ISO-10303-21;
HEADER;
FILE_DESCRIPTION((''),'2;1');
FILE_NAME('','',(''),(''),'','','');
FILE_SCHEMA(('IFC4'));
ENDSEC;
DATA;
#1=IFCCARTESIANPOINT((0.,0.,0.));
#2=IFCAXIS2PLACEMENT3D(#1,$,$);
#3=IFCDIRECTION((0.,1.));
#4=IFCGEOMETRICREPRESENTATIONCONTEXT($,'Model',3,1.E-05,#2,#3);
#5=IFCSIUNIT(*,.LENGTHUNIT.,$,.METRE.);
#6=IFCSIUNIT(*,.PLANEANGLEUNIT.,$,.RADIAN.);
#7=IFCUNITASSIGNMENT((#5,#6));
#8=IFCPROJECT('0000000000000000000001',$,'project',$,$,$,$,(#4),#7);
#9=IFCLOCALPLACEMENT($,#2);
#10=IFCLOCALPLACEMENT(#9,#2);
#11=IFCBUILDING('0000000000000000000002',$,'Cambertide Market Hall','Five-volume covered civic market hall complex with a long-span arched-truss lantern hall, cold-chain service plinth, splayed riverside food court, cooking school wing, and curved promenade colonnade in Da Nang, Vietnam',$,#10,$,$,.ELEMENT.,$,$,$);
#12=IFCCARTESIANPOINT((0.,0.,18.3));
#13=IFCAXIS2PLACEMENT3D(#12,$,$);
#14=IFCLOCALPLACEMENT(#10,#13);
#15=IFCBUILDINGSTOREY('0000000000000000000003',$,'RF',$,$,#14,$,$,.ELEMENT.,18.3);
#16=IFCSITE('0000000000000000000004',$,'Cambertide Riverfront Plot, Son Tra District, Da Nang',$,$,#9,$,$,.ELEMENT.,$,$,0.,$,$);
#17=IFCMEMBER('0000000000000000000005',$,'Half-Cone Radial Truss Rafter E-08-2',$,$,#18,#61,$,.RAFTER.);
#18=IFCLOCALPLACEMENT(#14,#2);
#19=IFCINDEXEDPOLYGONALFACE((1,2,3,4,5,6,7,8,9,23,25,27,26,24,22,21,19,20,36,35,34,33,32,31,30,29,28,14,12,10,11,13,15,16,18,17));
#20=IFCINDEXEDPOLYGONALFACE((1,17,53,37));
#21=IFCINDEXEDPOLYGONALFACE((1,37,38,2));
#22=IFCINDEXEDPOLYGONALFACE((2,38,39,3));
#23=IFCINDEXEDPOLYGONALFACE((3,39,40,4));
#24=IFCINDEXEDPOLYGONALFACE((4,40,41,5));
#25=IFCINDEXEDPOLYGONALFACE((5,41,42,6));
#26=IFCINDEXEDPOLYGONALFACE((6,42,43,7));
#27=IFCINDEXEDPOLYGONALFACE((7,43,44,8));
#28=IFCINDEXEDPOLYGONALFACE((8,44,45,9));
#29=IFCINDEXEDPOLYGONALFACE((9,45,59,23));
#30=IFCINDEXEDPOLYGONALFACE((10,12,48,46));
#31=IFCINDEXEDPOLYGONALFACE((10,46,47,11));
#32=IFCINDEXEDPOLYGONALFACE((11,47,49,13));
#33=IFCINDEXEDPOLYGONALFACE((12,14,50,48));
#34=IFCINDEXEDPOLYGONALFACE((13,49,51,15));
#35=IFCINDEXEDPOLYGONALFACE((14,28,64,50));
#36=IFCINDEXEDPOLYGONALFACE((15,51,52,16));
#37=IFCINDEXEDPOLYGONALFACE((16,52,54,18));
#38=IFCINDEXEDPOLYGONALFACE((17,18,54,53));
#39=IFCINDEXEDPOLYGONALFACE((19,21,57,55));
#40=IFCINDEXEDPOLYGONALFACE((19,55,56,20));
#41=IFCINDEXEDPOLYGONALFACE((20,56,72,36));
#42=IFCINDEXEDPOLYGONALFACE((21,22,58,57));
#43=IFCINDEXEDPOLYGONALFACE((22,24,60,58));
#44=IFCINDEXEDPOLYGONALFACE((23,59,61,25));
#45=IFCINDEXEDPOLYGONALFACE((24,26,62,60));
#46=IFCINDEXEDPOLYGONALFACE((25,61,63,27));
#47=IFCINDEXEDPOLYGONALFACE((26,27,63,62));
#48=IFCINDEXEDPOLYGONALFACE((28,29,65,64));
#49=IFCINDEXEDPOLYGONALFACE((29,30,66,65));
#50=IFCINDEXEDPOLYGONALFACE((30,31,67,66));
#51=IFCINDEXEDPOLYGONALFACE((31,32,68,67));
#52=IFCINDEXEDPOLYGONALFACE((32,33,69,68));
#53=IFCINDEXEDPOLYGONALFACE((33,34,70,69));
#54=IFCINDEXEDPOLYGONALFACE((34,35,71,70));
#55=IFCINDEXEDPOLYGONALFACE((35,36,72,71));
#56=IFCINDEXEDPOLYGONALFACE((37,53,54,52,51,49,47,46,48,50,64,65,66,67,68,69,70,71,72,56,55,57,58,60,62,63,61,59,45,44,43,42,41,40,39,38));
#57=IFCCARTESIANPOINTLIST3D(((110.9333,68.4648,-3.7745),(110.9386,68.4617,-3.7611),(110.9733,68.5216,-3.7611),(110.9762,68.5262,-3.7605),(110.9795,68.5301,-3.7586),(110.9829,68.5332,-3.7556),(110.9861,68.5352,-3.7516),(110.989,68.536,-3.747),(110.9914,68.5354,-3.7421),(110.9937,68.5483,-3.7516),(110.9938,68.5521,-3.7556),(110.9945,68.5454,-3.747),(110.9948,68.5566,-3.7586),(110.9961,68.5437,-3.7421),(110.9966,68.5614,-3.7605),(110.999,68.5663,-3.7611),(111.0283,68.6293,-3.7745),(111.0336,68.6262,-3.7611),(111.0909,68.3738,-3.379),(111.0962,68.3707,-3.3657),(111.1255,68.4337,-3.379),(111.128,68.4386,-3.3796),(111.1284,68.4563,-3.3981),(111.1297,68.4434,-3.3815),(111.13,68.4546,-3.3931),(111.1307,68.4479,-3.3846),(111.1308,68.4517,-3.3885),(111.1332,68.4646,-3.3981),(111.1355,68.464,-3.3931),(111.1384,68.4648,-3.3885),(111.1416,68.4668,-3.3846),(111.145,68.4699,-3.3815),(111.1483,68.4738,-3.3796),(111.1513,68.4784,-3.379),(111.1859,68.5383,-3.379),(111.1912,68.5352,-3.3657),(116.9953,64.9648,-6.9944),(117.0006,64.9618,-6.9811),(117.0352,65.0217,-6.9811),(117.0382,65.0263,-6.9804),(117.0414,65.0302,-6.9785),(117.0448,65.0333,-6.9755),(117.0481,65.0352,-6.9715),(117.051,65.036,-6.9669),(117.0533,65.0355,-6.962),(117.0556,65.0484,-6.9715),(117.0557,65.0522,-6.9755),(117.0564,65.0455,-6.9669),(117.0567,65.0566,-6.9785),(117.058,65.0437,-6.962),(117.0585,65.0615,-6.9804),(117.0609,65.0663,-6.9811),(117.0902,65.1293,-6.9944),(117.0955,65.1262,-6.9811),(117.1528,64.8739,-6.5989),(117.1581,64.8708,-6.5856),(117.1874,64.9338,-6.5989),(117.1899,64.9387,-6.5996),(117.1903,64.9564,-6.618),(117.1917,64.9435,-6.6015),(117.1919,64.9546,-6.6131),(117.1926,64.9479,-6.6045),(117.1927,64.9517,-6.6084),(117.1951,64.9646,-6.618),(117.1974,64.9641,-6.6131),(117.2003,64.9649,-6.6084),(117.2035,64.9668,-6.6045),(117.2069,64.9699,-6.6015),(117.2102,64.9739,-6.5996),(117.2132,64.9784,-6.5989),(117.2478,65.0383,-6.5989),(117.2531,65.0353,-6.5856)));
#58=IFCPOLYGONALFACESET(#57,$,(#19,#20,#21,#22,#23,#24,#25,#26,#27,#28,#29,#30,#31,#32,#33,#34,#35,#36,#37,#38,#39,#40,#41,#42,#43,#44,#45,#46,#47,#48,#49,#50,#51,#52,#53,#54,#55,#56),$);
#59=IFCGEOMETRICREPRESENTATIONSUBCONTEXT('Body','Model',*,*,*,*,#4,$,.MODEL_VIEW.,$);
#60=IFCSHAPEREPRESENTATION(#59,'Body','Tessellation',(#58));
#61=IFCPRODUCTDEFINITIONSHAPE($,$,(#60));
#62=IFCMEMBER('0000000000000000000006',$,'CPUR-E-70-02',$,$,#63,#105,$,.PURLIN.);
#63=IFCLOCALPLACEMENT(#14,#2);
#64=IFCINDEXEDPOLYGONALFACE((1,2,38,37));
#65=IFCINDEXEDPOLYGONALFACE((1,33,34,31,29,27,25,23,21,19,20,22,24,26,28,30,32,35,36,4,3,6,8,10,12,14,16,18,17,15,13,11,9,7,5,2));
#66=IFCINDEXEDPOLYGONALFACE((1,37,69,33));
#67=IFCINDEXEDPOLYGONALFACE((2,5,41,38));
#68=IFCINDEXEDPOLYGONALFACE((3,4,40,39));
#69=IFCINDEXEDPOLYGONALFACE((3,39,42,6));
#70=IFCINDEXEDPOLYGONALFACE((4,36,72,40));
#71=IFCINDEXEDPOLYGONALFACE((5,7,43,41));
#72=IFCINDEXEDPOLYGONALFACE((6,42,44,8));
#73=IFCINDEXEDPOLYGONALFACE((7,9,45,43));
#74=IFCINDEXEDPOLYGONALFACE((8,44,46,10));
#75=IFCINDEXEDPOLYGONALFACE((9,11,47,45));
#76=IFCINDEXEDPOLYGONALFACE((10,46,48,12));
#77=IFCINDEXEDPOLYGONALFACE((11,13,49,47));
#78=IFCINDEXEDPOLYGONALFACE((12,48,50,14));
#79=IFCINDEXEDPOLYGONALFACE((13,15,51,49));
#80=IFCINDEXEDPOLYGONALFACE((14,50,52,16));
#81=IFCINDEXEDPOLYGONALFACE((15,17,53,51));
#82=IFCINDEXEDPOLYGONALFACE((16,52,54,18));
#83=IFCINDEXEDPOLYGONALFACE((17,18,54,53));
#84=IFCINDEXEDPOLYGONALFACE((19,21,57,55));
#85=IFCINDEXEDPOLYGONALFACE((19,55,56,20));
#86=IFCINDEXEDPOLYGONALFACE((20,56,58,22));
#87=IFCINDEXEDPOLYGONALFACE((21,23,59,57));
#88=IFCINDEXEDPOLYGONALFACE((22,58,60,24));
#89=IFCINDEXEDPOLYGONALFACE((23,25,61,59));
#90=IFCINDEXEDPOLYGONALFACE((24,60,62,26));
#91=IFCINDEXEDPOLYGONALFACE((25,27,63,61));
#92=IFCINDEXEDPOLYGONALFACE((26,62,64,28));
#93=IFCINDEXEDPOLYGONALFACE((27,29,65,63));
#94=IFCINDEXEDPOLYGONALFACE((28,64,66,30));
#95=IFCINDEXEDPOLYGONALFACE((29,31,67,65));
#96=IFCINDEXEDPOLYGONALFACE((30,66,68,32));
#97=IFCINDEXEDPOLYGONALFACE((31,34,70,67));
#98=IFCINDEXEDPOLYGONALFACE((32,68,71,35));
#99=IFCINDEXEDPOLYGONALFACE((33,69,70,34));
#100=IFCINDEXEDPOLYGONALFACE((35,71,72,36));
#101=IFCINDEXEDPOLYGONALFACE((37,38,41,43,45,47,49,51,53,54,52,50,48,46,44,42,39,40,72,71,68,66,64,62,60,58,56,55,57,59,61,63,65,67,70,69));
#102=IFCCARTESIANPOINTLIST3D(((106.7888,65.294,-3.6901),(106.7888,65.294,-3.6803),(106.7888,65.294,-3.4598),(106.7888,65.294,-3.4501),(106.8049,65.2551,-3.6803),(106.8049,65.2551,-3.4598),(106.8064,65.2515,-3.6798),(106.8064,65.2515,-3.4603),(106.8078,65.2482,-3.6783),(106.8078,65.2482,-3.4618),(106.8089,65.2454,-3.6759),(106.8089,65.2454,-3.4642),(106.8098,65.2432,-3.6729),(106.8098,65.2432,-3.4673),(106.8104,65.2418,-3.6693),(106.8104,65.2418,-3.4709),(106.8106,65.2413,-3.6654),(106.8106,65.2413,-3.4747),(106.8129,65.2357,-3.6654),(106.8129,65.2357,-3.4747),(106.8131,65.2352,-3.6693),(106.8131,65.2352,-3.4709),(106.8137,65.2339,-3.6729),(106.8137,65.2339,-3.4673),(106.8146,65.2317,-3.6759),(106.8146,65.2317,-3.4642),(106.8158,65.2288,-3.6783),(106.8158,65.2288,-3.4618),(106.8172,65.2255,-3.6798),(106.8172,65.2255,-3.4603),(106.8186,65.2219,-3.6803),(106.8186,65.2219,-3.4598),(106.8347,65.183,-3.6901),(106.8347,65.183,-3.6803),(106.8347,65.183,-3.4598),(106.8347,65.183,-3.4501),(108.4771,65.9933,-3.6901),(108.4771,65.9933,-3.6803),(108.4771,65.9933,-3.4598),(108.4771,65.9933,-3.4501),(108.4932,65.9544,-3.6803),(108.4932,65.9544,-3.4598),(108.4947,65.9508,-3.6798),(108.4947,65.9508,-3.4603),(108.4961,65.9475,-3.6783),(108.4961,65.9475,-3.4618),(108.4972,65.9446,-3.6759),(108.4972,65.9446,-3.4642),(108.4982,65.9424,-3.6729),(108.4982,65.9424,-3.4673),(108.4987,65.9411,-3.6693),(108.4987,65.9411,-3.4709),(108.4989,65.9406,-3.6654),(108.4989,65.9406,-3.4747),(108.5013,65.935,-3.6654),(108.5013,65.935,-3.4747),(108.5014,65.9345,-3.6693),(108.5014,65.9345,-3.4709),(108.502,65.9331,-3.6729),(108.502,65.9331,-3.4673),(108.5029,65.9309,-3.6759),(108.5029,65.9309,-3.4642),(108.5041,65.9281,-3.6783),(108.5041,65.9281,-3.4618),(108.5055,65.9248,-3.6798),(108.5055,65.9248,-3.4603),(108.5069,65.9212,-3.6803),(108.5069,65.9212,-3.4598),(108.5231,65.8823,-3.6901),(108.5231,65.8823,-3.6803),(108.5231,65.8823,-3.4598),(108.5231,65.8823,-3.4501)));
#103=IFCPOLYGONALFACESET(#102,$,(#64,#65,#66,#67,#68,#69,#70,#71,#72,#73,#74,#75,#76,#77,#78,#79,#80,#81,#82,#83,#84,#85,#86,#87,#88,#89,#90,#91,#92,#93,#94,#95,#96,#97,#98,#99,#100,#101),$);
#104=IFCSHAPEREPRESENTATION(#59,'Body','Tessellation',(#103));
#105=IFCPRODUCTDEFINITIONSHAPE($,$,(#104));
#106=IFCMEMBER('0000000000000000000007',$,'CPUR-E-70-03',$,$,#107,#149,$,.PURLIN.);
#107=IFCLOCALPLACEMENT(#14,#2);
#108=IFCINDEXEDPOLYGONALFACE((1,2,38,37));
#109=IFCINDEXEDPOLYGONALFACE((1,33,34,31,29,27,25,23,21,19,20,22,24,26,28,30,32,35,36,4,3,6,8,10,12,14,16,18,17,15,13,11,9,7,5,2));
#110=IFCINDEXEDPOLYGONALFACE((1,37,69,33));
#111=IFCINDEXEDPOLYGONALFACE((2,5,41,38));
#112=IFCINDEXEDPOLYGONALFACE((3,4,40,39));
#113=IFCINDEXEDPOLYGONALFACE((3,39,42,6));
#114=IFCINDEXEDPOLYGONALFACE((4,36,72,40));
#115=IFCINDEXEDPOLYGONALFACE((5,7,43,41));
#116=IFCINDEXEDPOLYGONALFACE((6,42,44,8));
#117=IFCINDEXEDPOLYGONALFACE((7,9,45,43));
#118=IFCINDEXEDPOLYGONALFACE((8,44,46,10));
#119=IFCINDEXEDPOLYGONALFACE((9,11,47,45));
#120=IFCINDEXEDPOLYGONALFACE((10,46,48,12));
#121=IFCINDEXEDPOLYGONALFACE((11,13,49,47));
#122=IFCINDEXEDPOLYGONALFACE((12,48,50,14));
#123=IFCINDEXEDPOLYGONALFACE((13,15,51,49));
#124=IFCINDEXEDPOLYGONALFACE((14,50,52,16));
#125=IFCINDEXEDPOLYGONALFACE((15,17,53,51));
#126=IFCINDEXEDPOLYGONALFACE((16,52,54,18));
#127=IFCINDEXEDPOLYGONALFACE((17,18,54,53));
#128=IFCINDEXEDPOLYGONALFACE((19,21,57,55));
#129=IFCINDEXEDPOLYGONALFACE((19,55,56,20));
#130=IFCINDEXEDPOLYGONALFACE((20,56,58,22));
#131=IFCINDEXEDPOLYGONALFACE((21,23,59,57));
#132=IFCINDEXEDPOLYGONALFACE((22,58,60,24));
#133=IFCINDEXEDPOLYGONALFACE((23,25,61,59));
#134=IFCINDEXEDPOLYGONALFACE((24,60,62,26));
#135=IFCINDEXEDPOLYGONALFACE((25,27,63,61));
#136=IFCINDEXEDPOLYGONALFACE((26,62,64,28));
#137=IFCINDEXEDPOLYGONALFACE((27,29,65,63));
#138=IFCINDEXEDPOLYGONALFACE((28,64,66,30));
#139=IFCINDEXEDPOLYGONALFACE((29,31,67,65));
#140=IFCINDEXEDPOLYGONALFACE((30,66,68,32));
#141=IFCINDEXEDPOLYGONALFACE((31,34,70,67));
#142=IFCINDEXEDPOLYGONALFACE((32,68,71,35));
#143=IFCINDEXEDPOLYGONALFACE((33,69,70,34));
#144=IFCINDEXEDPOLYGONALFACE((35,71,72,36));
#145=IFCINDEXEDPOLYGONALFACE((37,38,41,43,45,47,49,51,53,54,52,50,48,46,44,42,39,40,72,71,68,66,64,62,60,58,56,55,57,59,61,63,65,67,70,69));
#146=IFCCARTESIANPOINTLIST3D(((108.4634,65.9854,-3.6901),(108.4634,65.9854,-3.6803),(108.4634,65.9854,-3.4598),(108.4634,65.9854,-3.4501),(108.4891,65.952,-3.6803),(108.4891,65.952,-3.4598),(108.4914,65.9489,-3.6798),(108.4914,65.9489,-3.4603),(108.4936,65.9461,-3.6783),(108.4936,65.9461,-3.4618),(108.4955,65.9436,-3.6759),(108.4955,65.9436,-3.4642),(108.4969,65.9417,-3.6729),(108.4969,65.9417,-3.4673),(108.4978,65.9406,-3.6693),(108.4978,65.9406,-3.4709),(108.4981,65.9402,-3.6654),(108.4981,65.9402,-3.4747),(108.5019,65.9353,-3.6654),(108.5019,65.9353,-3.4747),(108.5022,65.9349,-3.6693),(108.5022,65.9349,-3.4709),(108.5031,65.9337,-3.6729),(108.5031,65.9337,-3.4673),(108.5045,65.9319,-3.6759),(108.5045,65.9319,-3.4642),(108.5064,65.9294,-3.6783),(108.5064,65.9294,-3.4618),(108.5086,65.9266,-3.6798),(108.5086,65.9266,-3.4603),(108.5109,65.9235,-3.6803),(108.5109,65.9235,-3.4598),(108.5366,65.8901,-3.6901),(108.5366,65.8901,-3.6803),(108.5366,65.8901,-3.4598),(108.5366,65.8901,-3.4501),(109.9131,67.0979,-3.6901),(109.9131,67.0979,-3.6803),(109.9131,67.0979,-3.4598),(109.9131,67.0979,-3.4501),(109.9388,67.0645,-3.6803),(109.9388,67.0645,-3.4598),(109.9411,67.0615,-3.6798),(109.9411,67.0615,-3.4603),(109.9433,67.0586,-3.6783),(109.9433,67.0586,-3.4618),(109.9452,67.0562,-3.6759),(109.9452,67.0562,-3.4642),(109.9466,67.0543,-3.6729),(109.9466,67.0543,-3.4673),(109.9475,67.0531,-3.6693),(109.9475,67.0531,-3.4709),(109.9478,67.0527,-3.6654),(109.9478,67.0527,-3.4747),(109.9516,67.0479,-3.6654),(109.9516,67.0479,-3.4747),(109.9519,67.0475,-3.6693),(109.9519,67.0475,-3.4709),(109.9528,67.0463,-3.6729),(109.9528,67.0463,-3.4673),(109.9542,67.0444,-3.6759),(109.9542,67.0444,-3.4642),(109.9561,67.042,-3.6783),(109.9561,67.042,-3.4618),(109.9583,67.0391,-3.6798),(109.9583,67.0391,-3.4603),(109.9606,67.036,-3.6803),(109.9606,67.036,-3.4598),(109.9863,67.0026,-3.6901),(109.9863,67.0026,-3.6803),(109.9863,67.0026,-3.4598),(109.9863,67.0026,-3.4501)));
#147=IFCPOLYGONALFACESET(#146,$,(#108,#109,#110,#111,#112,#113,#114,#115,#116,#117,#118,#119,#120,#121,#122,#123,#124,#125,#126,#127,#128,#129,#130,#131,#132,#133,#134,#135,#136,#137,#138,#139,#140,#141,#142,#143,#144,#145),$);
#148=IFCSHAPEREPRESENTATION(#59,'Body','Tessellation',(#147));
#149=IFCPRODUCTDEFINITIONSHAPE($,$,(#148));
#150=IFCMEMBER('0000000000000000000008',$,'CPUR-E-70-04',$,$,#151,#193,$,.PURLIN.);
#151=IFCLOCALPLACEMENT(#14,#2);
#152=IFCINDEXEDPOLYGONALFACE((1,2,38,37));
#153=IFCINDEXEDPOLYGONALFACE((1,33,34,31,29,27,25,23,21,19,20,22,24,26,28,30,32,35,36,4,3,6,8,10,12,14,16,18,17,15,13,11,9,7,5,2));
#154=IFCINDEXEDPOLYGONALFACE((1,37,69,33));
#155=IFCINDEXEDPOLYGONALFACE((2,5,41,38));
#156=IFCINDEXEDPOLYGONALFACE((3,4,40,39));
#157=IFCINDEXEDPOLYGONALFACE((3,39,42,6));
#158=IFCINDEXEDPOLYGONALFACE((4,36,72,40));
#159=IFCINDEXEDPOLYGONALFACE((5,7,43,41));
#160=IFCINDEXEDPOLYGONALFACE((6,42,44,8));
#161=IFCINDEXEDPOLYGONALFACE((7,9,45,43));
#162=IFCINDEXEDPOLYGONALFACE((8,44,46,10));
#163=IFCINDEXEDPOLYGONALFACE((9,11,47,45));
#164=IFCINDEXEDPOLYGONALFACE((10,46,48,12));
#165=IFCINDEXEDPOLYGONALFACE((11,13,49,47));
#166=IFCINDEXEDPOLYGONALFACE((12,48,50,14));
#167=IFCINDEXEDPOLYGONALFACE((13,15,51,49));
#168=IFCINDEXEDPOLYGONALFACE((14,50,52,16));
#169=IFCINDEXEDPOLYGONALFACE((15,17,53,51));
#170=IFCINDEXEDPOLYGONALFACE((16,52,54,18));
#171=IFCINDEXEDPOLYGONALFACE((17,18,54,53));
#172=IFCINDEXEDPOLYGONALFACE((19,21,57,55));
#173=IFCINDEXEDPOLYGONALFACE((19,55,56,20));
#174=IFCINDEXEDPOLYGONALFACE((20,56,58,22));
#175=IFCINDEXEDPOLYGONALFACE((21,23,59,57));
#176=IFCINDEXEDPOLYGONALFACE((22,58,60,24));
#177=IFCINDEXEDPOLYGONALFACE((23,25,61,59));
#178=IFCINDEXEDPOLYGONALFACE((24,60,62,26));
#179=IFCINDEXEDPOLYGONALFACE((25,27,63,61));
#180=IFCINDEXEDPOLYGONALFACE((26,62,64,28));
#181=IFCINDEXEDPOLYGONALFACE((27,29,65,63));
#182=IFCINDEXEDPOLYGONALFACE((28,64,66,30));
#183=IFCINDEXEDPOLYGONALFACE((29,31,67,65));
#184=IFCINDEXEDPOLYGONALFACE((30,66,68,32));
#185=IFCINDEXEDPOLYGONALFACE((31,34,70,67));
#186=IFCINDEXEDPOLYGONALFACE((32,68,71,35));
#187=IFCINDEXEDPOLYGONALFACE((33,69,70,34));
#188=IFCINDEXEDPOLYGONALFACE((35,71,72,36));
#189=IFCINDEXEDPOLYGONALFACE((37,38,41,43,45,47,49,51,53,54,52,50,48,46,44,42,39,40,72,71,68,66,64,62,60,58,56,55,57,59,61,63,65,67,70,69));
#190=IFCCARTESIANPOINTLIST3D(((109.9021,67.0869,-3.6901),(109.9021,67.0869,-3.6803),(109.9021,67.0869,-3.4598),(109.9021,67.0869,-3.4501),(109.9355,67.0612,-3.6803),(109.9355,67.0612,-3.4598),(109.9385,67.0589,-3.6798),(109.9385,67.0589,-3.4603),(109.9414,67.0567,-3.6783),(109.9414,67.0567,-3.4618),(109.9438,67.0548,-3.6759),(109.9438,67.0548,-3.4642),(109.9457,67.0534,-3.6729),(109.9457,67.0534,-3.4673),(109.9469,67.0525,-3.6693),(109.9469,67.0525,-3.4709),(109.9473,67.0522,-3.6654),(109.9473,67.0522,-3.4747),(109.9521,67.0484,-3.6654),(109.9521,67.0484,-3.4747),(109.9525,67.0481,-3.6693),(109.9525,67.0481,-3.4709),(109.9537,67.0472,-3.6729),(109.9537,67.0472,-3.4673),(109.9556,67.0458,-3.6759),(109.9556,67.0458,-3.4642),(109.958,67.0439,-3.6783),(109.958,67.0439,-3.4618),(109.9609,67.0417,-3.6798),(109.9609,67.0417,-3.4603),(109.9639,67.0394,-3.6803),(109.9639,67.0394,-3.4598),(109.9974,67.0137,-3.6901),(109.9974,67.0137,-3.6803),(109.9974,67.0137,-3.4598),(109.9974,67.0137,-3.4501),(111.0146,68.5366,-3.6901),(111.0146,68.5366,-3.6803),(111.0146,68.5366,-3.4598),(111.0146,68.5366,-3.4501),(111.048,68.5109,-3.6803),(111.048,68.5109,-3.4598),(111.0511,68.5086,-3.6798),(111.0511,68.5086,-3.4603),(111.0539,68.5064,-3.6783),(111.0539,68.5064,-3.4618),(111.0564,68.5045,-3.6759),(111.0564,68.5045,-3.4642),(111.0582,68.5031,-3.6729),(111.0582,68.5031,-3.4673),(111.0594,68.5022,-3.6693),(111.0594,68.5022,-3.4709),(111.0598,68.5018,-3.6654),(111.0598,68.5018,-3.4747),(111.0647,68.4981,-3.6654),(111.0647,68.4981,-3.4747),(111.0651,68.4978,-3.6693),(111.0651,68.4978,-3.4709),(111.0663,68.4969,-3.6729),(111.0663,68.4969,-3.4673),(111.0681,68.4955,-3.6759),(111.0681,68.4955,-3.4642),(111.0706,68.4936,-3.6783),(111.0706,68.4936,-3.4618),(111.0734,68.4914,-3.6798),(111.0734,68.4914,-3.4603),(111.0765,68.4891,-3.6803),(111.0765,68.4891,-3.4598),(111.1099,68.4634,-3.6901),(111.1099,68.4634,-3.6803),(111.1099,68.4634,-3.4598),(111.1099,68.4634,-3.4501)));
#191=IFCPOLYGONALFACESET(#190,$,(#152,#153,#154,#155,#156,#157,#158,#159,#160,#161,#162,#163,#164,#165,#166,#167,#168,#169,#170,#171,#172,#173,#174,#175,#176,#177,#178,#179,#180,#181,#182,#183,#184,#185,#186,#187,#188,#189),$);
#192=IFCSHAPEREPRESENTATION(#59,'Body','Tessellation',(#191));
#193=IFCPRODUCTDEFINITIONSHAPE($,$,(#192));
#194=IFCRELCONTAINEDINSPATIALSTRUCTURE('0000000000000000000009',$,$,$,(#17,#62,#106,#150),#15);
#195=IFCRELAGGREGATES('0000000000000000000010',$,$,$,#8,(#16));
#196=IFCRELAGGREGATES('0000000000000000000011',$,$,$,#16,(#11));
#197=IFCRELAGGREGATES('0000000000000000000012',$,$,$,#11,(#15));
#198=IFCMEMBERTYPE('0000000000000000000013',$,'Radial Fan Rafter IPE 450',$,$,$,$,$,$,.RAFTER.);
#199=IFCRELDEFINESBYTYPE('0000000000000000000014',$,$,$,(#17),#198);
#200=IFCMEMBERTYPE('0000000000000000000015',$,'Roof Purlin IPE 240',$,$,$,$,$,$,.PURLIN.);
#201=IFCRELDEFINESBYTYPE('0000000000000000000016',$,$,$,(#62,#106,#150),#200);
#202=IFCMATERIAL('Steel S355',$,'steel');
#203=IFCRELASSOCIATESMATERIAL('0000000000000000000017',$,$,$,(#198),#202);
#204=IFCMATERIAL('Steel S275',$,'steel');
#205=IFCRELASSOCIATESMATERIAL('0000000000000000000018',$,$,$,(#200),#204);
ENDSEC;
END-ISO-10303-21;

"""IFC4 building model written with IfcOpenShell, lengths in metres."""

from ifc_helpers import new_model, si_unit, direction, frame, origin, origin_2d, place, context, subcontext, project, spatial, i_section, extrude, material, material_profile, profile_set, type_object, element, save


model = new_model("IFC4")

# Units and contexts
model_context = context("Model", 3, precision=1e-05, world=origin(), true_north=direction((0.0, 1.0)))
body_context = subcontext(model_context, "Body", "Model", "MODEL_VIEW")
ifc_project = project(units=[si_unit("LENGTHUNIT", "METRE"), si_unit("PLANEANGLEUNIT", "RADIAN")], contexts=[model_context])

# Site, building, storey
site_placement = place(None, origin())
site = spatial("IfcSite", under=ifc_project, at=site_placement, Name="Cambertide Riverfront Plot, Son Tra District, Da Nang", CompositionType="ELEMENT", RefElevation=0.0)
building_placement = place(site_placement, origin())
building = spatial("IfcBuilding", under=site, at=building_placement, Name="Cambertide Market Hall", Description="Five-volume covered civic market hall complex with a long-span arched-truss lantern hall, cold-chain service plinth, splayed riverside food court, cooking school wing, and curved promenade colonnade in Da Nang, Vietnam", CompositionType="ELEMENT")
storey_placement = place(building_placement, frame((0.0, 0.0, 18.3)))
storey = spatial("IfcBuildingStorey", under=building, at=storey_placement, Name="RF", CompositionType="ELEMENT", Elevation=18.3)

# Members
ifc_material_1 = material(Name="Steel S355", Category="steel")
ifc_material_profile_1 = material_profile(ifc_material_1, i_section(OverallWidth=0.1899, OverallDepth=0.45, WebThickness=0.0095, FlangeThickness=0.0146, FilletRadius=0.021, at=origin_2d()), Name="IPE 450")
ifc_profile_set_1 = profile_set([ifc_material_profile_1], Name="Steel S355")
member_type_1 = type_object("IfcMemberType", Name="Radial Fan Rafter IPE 450", PredefinedType="RAFTER", material=ifc_profile_set_1)
member_1_placement = place(storey_placement, frame((111.0623, 68.5, -3.5701), z_axis=(0.786769, -0.454254, -0.41791), x_axis=(0.50001, 0.866019, 0.0)))
element("IfcMember", 1, at=member_1_placement, inside=storey, type_object=member_type_1, Name="Half-Cone Radial Truss Rafter E-08-2", PredefinedType="RAFTER", context=body_context, shape_type="SweptSolid", body=[
    extrude(i_section(OverallWidth=0.1899, OverallDepth=0.45, WebThickness=0.0095, FlangeThickness=0.0146, FilletRadius=0.021, at=origin_2d()), origin(), (0.0, 0.0, 1.0), 7.7048),
])
ifc_material_2 = material(Name="Steel S275", Category="steel")
ifc_material_profile_2 = material_profile(ifc_material_2, i_section(OverallWidth=0.1201, OverallDepth=0.24, WebThickness=0.0061, FlangeThickness=0.0098, FilletRadius=0.0149, at=origin_2d()), Name="IPE 240")
ifc_profile_set_2 = profile_set([ifc_material_profile_2], Name="Steel S275")
member_type_2 = type_object("IfcMemberType", Name="Roof Purlin IPE 240", PredefinedType="PURLIN", material=ifc_profile_set_2)
for number, where, z_axis, x_axis, name in (
    (2, (106.8118, 65.2385, -3.5701), (0.923893, 0.382651, 0.0), (-0.382651, 0.923893, 0.0), "CPUR-E-70-02"),
    (3, (108.5, 65.9377, -3.5701), (0.793314, 0.608813, 0.0), (-0.608813, 0.793314, 0.0), "CPUR-E-70-03"),
    (4, (109.9497, 67.0503, -3.5701), (0.608813, 0.793314, 0.0), (-0.793314, 0.608813, 0.0), "CPUR-E-70-04"),
):
    element("IfcMember", number, at=place(storey_placement, frame(where, z_axis=z_axis, x_axis=x_axis)), inside=storey, type_object=member_type_2, Name=name, PredefinedType="PURLIN", context=body_context, shape_type="SweptSolid", body=[
        extrude(i_section(OverallWidth=0.1201, OverallDepth=0.24, WebThickness=0.0061, FlangeThickness=0.0098, FilletRadius=0.0149, at=origin_2d()), origin(), (0.0, 0.0, 1.0), 1.8274),
    ])

save(model, "model.ifc")
